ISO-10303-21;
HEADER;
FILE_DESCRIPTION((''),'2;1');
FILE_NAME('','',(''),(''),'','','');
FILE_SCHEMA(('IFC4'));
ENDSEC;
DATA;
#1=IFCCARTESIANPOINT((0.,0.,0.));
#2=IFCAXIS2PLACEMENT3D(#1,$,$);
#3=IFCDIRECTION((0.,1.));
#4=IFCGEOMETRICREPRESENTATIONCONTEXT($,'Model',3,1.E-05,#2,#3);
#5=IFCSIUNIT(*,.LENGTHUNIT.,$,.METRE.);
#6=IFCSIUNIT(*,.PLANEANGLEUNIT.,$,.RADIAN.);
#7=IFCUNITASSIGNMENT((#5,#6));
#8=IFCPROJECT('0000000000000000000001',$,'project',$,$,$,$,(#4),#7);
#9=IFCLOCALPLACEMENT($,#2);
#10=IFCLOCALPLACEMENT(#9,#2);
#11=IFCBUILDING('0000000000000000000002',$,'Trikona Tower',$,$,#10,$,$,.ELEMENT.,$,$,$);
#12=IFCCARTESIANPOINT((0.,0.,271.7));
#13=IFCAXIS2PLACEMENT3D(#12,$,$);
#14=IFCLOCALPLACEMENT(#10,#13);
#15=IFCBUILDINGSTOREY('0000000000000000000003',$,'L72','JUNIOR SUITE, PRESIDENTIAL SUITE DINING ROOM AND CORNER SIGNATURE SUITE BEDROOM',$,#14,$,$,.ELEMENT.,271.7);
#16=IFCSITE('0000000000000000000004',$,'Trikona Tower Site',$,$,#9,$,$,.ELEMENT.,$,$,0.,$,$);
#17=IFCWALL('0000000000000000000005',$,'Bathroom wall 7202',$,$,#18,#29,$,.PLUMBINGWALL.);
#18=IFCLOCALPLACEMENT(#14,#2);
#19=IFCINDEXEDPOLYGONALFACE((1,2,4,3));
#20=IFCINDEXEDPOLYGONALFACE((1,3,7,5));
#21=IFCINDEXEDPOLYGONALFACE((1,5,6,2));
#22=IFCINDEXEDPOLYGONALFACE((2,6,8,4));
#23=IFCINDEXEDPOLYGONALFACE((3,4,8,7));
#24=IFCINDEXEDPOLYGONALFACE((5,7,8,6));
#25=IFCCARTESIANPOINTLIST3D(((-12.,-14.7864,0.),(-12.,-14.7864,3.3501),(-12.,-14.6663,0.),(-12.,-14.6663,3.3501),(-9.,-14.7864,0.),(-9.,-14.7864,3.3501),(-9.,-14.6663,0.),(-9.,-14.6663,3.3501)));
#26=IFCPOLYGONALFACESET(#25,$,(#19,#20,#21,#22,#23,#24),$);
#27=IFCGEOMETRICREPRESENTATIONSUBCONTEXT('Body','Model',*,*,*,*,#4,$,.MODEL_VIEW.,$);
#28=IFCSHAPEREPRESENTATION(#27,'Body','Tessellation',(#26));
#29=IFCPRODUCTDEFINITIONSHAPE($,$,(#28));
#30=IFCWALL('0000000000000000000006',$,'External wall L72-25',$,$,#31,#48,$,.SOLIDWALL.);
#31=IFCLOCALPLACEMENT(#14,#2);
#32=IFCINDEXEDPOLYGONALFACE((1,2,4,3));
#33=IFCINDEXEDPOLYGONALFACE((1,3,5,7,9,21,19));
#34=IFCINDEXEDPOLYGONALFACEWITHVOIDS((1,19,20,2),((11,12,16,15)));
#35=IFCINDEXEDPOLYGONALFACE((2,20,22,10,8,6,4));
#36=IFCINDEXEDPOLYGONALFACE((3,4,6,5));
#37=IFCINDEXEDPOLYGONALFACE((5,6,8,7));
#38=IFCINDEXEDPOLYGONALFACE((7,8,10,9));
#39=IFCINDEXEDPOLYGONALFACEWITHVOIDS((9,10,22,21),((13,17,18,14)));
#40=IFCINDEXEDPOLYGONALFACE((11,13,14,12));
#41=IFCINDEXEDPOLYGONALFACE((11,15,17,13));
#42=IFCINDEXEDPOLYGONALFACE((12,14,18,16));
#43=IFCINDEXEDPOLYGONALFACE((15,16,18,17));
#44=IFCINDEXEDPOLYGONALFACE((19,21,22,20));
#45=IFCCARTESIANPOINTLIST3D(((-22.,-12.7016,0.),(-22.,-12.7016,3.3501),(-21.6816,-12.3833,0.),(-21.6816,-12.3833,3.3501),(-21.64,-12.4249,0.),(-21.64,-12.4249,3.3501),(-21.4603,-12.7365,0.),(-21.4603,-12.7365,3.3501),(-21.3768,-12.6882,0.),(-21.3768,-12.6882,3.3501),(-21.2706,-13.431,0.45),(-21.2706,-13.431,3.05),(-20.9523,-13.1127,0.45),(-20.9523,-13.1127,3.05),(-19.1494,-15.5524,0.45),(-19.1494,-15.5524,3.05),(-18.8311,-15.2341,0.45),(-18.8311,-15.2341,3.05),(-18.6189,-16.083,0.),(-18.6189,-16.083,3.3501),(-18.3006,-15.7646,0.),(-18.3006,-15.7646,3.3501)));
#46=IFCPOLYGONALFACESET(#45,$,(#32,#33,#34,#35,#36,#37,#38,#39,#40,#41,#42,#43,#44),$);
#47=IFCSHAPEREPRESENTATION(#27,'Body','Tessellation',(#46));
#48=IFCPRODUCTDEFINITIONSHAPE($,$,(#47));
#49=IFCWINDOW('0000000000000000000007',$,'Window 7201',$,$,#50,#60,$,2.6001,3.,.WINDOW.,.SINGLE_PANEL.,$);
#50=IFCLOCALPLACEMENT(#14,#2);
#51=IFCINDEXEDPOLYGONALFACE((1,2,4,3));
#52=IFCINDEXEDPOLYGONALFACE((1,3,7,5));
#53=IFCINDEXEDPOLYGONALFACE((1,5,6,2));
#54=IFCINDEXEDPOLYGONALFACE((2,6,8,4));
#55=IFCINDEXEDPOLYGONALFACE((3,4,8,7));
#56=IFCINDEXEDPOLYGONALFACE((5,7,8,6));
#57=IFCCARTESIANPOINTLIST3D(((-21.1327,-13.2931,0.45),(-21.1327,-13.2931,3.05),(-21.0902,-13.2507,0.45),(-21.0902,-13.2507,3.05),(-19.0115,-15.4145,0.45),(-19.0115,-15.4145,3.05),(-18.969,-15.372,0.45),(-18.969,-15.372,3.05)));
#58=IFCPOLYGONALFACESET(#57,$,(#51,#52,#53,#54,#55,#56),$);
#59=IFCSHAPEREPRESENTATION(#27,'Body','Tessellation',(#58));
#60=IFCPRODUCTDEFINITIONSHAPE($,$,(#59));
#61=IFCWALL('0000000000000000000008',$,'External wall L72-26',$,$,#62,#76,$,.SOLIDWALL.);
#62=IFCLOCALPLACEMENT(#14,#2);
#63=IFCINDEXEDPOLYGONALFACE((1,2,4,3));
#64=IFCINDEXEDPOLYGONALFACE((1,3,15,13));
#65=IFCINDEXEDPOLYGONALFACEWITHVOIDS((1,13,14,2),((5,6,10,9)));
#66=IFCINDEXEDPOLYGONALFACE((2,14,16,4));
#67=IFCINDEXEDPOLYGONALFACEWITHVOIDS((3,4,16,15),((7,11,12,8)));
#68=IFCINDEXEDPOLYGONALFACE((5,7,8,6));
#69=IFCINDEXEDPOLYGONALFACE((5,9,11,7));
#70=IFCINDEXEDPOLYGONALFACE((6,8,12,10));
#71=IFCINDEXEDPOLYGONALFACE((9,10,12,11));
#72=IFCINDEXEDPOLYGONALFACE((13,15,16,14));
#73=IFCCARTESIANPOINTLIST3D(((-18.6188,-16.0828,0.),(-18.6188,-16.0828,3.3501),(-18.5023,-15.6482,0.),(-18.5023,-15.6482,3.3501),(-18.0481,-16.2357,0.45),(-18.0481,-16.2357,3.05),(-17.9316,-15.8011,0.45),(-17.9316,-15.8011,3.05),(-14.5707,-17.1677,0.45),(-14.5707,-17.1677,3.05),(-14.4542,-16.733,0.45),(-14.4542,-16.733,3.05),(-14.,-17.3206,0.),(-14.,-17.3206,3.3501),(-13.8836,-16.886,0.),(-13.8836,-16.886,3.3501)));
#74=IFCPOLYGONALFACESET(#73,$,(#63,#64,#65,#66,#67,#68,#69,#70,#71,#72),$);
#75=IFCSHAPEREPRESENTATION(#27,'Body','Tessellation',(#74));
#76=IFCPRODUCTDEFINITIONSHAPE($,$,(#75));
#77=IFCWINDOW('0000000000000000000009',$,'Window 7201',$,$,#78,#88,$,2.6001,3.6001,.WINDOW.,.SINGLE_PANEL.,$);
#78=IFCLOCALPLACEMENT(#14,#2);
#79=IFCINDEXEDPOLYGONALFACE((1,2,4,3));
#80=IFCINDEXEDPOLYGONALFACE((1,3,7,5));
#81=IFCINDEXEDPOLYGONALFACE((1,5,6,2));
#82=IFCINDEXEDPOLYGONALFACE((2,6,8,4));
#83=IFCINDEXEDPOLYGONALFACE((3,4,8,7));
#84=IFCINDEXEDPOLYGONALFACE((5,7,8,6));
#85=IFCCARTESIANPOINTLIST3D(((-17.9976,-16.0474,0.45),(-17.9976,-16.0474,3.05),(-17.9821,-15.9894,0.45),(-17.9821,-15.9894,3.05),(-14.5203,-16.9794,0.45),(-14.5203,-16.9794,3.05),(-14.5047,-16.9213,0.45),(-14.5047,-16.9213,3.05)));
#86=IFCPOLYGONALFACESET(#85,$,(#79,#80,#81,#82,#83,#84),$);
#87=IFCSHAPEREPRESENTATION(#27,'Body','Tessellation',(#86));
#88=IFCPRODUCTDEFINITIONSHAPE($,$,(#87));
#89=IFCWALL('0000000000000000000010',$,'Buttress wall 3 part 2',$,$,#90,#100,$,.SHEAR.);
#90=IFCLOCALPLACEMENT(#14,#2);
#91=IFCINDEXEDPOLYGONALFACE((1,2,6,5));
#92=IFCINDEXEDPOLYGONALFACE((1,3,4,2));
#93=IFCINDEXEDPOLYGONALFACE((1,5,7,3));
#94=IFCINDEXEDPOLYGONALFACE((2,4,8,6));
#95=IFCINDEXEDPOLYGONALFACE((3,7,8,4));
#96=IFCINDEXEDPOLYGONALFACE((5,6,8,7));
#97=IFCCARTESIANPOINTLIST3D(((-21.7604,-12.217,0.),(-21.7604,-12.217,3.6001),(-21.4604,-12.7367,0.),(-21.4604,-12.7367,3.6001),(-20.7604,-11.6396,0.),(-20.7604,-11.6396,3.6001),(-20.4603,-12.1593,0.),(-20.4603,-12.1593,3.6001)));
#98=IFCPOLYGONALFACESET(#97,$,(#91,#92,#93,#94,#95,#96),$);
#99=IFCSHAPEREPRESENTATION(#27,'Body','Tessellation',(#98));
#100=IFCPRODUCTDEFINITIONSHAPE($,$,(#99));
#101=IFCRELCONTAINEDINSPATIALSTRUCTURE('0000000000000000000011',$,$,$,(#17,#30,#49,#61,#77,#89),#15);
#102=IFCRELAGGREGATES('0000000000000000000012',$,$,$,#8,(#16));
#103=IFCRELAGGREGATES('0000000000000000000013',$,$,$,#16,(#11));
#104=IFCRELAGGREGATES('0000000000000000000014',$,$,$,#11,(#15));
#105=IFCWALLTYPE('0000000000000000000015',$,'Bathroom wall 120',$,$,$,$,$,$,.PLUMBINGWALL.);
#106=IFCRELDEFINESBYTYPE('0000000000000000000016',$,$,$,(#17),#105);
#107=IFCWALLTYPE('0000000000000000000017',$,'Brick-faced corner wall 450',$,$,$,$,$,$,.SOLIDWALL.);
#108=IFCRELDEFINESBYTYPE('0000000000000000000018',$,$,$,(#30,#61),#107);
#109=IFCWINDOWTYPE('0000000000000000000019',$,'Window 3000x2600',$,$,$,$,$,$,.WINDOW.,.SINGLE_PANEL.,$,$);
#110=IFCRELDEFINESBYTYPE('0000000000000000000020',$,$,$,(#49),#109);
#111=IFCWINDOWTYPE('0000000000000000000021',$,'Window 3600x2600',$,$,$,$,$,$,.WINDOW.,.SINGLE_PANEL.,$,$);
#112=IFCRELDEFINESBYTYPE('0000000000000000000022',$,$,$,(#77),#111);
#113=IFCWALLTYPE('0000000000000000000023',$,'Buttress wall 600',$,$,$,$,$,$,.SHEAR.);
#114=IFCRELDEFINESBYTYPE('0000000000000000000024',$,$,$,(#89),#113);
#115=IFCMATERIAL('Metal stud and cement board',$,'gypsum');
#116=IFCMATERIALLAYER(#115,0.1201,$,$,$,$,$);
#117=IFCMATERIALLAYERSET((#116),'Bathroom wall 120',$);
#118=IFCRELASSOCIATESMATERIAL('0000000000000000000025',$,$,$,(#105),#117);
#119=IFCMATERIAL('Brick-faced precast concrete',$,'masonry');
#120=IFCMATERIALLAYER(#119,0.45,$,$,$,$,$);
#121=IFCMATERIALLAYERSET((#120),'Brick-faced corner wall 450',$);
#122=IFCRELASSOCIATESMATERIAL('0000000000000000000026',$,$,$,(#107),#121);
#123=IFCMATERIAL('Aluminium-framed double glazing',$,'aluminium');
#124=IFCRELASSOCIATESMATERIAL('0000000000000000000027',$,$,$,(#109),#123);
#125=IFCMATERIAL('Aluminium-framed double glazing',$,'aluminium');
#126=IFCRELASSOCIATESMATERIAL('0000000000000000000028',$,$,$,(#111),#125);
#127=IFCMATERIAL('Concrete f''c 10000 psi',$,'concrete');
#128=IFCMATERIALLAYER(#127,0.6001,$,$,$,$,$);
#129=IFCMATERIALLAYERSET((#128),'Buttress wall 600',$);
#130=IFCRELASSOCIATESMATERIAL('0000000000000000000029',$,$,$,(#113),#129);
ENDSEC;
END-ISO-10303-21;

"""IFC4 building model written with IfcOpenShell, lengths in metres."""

from ifc_helpers import new_model, si_unit, direction, frame, frame_2d, origin, place, context, subcontext, project, spatial, polyline, rectangle, outline, extrude, material, layer, layer_set, type_object, element, fill, save


model = new_model("IFC4")

# Units and contexts
model_context = context("Model", 3, precision=1e-05, world=origin(), true_north=direction((0.0, 1.0)))
body_context = subcontext(model_context, "Body", "Model", "MODEL_VIEW")
ifc_project = project(units=[si_unit("LENGTHUNIT", "METRE"), si_unit("PLANEANGLEUNIT", "RADIAN")], contexts=[model_context])

# Site, building, storey
site_placement = place(None, origin())
site = spatial("IfcSite", under=ifc_project, at=site_placement, Name="Trikona Tower Site", CompositionType="ELEMENT", RefElevation=0.0)
building_placement = place(site_placement, origin())
building = spatial("IfcBuilding", under=site, at=building_placement, Name="Trikona Tower", CompositionType="ELEMENT")
storey_placement = place(building_placement, frame((0.0, 0.0, 271.7)))
storey = spatial("IfcBuildingStorey", under=building, at=storey_placement, Name="L72", Description="JUNIOR SUITE, PRESIDENTIAL SUITE DINING ROOM AND CORNER SIGNATURE SUITE BEDROOM", CompositionType="ELEMENT", Elevation=271.7)

# Shared definitions
ifc_material_1 = material(Name="Metal stud and cement board", Category="gypsum")
ifc_layer_1 = layer(ifc_material_1, 0.1201)
ifc_layer_set_1 = layer_set([ifc_layer_1], Name="Bathroom wall 120")
wall_type_1 = type_object("IfcWallType", Name="Bathroom wall 120", PredefinedType="PLUMBINGWALL", material=ifc_layer_set_1)

# Wall
wall_1_placement = place(storey_placement, frame((-12.0, -14.7263, 0.0), z_axis=(0.0, 0.0, 1.0), x_axis=(1.0, 0.0, 0.0)))
element("IfcWall", 1, at=wall_1_placement, inside=storey, type_object=wall_type_1, Name="Bathroom wall 7202", PredefinedType="PLUMBINGWALL", context=body_context, shape_type="SweptSolid", body=[
    extrude(rectangle(XDim=3.0, YDim=0.1201, at=frame_2d((1.5, 0.0))), origin(), (0.0, 0.0, 1.0), 3.3501),
])

# Walls, openings, windows
ifc_material_2 = material(Name="Brick-faced precast concrete", Category="masonry")
ifc_layer_2 = layer(ifc_material_2, 0.45)
ifc_layer_set_2 = layer_set([ifc_layer_2], Name="Brick-faced corner wall 450")
wall_type_2 = type_object("IfcWallType", Name="Brick-faced corner wall 450", PredefinedType="SOLIDWALL", material=ifc_layer_set_2)
wall_2_placement = place(storey_placement, frame((-21.8408, -12.5425, 0.0), z_axis=(0.0, 0.0, 1.0), x_axis=(0.707081, -0.707132, 0.0)))
wall_2 = element("IfcWall", 2, at=wall_2_placement, inside=storey, type_object=wall_type_2, Name="External wall L72-25", PredefinedType="SOLIDWALL", context=body_context, shape_type="SweptSolid", body=[
    extrude(outline(polyline([(4.7817, 0.2251), (0.4312, 0.2251), (0.4062, 0.1318), (0.0588, 0.2251), (0.0, 0.2251), (0.0, -0.2251), (4.7817, -0.2251), (4.7817, 0.2251)])), origin(), (0.0, 0.0, 1.0), 3.3501),
])
opening_1_placement = place(wall_2_placement, frame((1.0315, 0.0, 0.45)))
opening_1 = element("IfcOpeningElement", 3, at=opening_1_placement, cuts=wall_2, PredefinedType="OPENING", context=body_context, shape_type="SweptSolid", body=[
    extrude(rectangle(XDim=3.0, YDim=2.6001, at=frame_2d((1.5, 1.3))), frame((0.0, 0.2349, 0.0), z_axis=(0.0, -1.0, 0.0), x_axis=(1.0, 0.0, 0.0)), (0.0, 0.0, 1.0), 0.47),
])
ifc_material_3 = material(Name="Aluminium-framed double glazing", Category="aluminium")
window_type_1 = type_object("IfcWindowType", Name="Window 3000x2600", PartitioningType="SINGLE_PANEL", PredefinedType="WINDOW", material=ifc_material_3)
window_1_placement = place(opening_1_placement, origin())
window_1 = element("IfcWindow", 4, at=window_1_placement, inside=storey, type_object=window_type_1, Name="Window 7201", OverallHeight=2.6001, OverallWidth=3.0, PartitioningType="SINGLE_PANEL", PredefinedType="WINDOW", context=body_context, shape_type="SweptSolid", body=[
    extrude(rectangle(XDim=3.0, YDim=2.6001, at=frame_2d((1.5, 1.3))), frame((0.0, 0.03, 0.0), z_axis=(0.0, -1.0, 0.0), x_axis=(1.0, 0.0, 0.0)), (0.0, 0.0, 1.0), 0.0601),
])
fill(opening_1, window_1)
wall_3_placement = place(storey_placement, frame((-18.5605, -15.8655, 0.0), z_axis=(0.0, 0.0, 1.0), x_axis=(0.965914, -0.258864, 0.0)))
wall_3 = element("IfcWall", 5, at=wall_3_placement, inside=storey, type_object=wall_type_2, Name="External wall L72-26", PredefinedType="SOLIDWALL", context=body_context, shape_type="SweptSolid", body=[
    extrude(rectangle(XDim=4.7817, YDim=0.45, at=frame_2d((2.3909, 0.0))), origin(), (0.0, 0.0, 1.0), 3.3501),
])
opening_2_placement = place(wall_3_placement, frame((0.5908, 0.0, 0.45)))
opening_2 = element("IfcOpeningElement", 6, at=opening_2_placement, cuts=wall_3, PredefinedType="OPENING", context=body_context, shape_type="SweptSolid", body=[
    extrude(rectangle(XDim=3.6001, YDim=2.6001, at=frame_2d((1.8, 1.3))), frame((0.0, 0.2349, 0.0), z_axis=(0.0, -1.0, 0.0), x_axis=(1.0, 0.0, 0.0)), (0.0, 0.0, 1.0), 0.47),
])
ifc_material_4 = material(Name="Aluminium-framed double glazing", Category="aluminium")
window_type_2 = type_object("IfcWindowType", Name="Window 3600x2600", PartitioningType="SINGLE_PANEL", PredefinedType="WINDOW", material=ifc_material_4)
window_2_placement = place(opening_2_placement, origin())
window_2 = element("IfcWindow", 7, at=window_2_placement, inside=storey, type_object=window_type_2, Name="Window 7201", OverallHeight=2.6001, OverallWidth=3.6001, PartitioningType="SINGLE_PANEL", PredefinedType="WINDOW", context=body_context, shape_type="SweptSolid", body=[
    extrude(rectangle(XDim=3.6001, YDim=2.6001, at=frame_2d((1.8, 1.3))), frame((0.0, 0.03, 0.0), z_axis=(0.0, -1.0, 0.0), x_axis=(1.0, 0.0, 0.0)), (0.0, 0.0, 1.0), 0.0601),
])
fill(opening_2, window_2)

# Wall
ifc_material_5 = material(Name="Concrete f'c 10000 psi", Category="concrete")
ifc_layer_3 = layer(ifc_material_5, 0.6001)
ifc_layer_set_3 = layer_set([ifc_layer_3], Name="Buttress wall 600")
wall_type_3 = type_object("IfcWallType", Name="Buttress wall 600", PredefinedType="SHEAR", material=ifc_layer_set_3)
wall_4_placement = place(storey_placement, frame((-20.6104, -11.8994, 0.0), z_axis=(0.0, 0.0, 1.0), x_axis=(-0.86601, -0.500027, 0.0)))
element("IfcWall", 8, at=wall_4_placement, inside=storey, type_object=wall_type_3, Name="Buttress wall 3 part 2", PredefinedType="SHEAR", context=body_context, shape_type="SweptSolid", body=[
    extrude(rectangle(XDim=1.1548, YDim=0.6001, at=frame_2d((0.5774, 0.0))), origin(), (0.0, 0.0, 1.0), 3.6001),
])

save(model, "model.ifc")
